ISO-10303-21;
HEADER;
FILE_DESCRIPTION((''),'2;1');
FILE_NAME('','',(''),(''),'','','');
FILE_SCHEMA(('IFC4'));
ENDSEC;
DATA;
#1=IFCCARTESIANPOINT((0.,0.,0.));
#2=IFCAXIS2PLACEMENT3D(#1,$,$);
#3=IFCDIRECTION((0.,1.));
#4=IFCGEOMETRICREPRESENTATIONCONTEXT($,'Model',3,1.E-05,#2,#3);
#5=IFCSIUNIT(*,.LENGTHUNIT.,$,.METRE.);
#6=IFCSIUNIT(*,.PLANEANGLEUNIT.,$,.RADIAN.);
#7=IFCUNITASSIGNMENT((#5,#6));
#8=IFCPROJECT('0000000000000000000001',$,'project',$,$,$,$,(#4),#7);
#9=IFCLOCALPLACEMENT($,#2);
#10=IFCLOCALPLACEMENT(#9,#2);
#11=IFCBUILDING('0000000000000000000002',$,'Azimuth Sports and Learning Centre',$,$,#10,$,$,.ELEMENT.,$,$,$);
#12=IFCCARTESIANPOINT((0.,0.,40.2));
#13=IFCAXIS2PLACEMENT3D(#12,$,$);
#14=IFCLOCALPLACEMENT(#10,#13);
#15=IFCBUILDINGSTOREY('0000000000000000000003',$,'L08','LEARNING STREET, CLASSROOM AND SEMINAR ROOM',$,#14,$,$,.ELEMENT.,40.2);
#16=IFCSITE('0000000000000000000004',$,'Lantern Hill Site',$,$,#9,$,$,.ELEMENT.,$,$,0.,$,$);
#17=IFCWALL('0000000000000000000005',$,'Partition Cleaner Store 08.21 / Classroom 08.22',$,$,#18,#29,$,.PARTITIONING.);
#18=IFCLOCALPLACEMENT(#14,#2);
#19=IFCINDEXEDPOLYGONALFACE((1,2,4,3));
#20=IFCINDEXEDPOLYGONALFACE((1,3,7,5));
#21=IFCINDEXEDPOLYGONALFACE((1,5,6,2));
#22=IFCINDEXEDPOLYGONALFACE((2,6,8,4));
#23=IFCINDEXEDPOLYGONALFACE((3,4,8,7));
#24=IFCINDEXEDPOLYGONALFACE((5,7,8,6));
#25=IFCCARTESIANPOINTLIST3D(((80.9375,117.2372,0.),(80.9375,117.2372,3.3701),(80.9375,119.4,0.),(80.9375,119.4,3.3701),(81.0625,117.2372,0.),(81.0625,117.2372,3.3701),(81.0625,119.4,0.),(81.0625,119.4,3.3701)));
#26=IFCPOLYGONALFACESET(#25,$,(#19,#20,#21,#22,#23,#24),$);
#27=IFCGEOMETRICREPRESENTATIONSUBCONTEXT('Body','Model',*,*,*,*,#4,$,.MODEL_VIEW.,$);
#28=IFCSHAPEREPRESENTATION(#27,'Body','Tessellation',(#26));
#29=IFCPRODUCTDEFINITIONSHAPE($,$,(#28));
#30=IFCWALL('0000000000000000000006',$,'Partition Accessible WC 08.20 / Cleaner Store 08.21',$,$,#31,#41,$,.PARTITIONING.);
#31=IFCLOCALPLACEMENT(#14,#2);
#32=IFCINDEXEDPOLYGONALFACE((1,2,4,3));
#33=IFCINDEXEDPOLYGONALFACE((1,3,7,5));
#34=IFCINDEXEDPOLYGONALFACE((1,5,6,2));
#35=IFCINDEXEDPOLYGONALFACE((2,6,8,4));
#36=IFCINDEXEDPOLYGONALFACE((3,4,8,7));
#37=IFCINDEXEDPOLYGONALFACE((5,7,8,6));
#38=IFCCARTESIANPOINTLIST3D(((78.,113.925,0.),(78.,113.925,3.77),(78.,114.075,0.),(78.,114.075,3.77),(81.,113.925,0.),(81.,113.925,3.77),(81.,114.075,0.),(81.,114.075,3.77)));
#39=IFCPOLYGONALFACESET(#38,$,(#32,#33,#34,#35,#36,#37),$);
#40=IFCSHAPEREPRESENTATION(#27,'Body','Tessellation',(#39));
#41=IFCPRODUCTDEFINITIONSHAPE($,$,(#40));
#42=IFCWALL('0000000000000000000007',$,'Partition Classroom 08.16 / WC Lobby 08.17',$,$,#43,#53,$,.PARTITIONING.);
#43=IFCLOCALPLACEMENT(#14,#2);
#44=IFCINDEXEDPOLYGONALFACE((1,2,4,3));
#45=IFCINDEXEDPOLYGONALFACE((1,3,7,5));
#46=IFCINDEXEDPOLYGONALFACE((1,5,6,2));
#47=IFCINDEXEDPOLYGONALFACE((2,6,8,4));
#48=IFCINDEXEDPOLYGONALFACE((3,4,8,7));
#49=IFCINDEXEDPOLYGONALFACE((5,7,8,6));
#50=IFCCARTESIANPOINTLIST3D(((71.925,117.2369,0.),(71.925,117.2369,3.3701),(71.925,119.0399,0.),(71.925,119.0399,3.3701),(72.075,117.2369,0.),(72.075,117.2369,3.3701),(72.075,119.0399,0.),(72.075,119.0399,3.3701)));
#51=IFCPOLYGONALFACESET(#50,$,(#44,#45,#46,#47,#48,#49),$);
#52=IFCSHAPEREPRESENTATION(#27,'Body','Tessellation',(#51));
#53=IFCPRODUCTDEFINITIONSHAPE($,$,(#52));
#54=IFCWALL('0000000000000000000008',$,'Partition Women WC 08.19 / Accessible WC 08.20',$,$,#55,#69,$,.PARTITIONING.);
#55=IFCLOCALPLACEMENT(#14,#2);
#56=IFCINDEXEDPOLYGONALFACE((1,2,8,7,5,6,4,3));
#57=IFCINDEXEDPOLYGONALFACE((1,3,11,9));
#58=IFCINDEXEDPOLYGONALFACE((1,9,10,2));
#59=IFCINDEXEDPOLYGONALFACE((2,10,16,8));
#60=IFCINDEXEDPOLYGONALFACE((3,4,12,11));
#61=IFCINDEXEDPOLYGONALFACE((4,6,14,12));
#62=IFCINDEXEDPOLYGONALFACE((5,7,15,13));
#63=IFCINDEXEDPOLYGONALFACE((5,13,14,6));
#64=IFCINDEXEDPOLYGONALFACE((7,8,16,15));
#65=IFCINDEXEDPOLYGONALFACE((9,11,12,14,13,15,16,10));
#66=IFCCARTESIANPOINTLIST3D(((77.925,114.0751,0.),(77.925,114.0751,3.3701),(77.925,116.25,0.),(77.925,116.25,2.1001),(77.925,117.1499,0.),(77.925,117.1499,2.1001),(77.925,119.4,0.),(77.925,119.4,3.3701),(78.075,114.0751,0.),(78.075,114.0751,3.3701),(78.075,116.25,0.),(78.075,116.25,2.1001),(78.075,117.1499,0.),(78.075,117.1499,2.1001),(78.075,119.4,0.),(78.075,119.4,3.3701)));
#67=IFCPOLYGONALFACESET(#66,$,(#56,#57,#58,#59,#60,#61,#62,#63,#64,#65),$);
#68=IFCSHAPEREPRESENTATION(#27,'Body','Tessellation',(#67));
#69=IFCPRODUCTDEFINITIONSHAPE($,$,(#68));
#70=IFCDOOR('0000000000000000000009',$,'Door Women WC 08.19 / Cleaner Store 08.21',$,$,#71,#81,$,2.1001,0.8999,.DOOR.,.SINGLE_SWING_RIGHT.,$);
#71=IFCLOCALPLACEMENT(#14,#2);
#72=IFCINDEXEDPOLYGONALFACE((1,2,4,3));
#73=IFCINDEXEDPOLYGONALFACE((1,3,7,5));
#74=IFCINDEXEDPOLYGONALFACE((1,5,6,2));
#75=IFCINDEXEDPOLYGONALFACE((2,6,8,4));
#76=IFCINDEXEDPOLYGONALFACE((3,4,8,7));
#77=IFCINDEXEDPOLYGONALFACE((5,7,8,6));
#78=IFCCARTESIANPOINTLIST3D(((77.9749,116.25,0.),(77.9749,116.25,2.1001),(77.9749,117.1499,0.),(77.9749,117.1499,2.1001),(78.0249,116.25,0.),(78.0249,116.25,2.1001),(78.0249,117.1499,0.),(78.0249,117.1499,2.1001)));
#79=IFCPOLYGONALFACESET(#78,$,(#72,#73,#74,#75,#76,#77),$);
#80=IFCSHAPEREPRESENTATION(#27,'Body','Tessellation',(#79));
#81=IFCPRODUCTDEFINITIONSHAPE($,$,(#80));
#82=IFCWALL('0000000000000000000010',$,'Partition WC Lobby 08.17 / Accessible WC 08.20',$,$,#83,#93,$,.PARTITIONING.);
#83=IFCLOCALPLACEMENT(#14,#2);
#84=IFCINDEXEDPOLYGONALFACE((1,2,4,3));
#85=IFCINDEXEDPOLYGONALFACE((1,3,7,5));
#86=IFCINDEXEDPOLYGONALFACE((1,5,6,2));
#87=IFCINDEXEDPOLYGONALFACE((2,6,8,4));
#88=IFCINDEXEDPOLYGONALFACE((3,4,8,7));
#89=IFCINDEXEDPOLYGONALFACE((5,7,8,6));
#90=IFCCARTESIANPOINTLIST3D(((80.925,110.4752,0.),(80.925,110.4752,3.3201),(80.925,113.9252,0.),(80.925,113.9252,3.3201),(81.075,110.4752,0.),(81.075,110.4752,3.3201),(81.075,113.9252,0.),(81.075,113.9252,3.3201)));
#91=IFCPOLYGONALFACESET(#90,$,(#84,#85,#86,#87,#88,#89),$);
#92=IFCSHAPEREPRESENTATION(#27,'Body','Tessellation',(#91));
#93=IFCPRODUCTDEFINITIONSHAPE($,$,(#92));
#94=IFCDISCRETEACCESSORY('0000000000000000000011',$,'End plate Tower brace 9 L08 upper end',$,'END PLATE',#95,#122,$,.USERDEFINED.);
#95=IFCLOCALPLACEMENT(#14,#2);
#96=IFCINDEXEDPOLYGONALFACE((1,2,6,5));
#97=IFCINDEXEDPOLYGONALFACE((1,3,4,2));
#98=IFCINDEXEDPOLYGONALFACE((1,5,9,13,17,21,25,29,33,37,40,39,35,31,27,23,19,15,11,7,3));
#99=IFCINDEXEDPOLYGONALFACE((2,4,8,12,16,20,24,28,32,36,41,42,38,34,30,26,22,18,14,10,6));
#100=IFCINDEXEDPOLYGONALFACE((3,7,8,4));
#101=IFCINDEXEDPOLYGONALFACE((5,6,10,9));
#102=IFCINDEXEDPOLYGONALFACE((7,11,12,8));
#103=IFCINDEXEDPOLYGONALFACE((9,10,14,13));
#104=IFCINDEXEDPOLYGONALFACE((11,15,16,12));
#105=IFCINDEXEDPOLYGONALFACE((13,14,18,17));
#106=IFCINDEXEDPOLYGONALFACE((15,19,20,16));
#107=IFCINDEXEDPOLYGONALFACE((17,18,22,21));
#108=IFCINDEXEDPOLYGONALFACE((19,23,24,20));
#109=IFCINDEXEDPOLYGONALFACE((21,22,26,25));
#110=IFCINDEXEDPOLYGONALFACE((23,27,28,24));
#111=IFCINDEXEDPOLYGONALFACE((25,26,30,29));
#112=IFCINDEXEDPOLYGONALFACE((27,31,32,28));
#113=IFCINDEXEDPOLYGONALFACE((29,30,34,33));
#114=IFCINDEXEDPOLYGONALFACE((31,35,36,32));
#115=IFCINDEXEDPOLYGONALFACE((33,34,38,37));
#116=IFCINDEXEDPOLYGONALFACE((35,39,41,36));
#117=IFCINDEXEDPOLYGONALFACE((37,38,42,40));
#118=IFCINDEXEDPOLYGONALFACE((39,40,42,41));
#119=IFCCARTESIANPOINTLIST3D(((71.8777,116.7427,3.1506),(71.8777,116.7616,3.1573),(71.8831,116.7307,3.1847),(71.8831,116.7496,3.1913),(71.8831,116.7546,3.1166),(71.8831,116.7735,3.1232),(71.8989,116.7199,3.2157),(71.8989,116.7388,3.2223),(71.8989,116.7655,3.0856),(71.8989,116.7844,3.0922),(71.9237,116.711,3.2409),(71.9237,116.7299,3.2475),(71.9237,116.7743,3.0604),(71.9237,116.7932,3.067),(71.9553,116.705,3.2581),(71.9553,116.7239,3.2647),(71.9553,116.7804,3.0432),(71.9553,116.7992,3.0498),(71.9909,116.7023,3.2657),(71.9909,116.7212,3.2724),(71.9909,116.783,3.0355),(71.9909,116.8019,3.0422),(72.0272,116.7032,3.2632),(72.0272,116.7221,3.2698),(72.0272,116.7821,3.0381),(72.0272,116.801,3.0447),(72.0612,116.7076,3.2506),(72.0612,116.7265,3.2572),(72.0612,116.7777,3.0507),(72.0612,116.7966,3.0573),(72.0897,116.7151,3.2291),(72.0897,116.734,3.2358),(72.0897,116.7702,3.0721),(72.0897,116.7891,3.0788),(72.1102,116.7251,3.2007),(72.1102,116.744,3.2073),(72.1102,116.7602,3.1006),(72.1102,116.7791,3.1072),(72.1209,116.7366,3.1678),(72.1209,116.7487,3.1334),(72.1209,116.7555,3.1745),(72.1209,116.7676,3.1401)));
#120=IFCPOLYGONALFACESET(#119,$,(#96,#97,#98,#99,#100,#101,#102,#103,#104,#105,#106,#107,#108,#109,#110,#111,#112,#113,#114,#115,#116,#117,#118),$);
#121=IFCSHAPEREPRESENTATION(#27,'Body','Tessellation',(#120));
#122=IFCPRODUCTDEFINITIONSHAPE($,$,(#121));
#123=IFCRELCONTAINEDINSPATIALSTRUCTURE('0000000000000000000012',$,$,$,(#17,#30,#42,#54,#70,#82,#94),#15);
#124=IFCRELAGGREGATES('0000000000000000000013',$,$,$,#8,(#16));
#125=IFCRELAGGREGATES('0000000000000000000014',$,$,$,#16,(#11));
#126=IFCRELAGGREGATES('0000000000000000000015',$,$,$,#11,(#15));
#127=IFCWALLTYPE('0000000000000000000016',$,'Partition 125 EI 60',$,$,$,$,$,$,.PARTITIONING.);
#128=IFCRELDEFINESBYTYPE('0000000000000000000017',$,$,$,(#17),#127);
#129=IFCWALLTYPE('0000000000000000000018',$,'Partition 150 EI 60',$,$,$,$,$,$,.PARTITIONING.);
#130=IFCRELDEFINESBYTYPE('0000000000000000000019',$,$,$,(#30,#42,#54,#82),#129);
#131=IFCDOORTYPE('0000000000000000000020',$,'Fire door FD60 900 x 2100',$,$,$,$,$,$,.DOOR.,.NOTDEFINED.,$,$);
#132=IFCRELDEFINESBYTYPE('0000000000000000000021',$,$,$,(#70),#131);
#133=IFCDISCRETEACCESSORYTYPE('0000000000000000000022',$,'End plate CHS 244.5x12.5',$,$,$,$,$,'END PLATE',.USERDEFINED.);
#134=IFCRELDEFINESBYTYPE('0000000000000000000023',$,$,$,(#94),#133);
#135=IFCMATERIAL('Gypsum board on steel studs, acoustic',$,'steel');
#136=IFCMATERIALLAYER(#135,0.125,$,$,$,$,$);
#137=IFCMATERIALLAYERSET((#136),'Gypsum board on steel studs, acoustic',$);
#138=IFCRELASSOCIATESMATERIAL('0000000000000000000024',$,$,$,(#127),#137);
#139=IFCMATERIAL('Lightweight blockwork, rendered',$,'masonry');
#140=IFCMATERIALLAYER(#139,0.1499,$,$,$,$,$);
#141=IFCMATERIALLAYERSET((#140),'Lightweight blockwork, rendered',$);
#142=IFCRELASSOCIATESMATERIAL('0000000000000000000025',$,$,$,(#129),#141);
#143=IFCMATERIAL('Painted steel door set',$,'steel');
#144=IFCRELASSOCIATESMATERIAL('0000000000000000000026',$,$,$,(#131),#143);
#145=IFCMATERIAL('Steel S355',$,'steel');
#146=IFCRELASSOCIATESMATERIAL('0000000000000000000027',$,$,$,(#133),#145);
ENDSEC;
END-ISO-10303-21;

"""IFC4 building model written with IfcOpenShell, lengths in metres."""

from ifc_helpers import new_model, si_unit, direction, frame, frame_2d, origin, origin_2d, place, context, subcontext, project, spatial, rectangle, circle, extrude, material, layer, layer_set, material_profile, profile_set, type_object, element, fill, save


model = new_model("IFC4")

# Units and contexts
model_context = context("Model", 3, precision=1e-05, world=origin(), true_north=direction((0.0, 1.0)))
body_context = subcontext(model_context, "Body", "Model", "MODEL_VIEW")
ifc_project = project(units=[si_unit("LENGTHUNIT", "METRE"), si_unit("PLANEANGLEUNIT", "RADIAN")], contexts=[model_context])

# Site, building, storey
site_placement = place(None, origin())
site = spatial("IfcSite", under=ifc_project, at=site_placement, Name="Lantern Hill Site", CompositionType="ELEMENT", RefElevation=0.0)
building_placement = place(site_placement, origin())
building = spatial("IfcBuilding", under=site, at=building_placement, Name="Azimuth Sports and Learning Centre", CompositionType="ELEMENT")
storey_placement = place(building_placement, frame((0.0, 0.0, 40.2)))
storey = spatial("IfcBuildingStorey", under=building, at=storey_placement, Name="L08", Description="LEARNING STREET, CLASSROOM AND SEMINAR ROOM", CompositionType="ELEMENT", Elevation=40.2)

# Walls
ifc_material_1 = material(Name="Gypsum board on steel studs, acoustic", Category="steel")
ifc_layer_1 = layer(ifc_material_1, 0.125)
ifc_layer_set_1 = layer_set([ifc_layer_1], Name="Gypsum board on steel studs, acoustic")
wall_type_1 = type_object("IfcWallType", Name="Partition 125 EI 60", PredefinedType="PARTITIONING", material=ifc_layer_set_1)
wall_1_placement = place(storey_placement, frame((81.0, 117.2371, 0.0), z_axis=(0.0, 0.0, 1.0), x_axis=(0.0, 1.0, 0.0)))
element("IfcWall", 1, at=wall_1_placement, inside=storey, type_object=wall_type_1, Name="Partition Cleaner Store 08.21 / Classroom 08.22", PredefinedType="PARTITIONING", context=body_context, shape_type="SweptSolid", body=[
    extrude(rectangle(XDim=2.1628, YDim=0.125, at=frame_2d((1.0815, 0.0))), origin(), (0.0, 0.0, 1.0), 3.3701),
])
ifc_material_2 = material(Name="Lightweight blockwork, rendered", Category="masonry")
ifc_layer_2 = layer(ifc_material_2, 0.1499)
ifc_layer_set_2 = layer_set([ifc_layer_2], Name="Lightweight blockwork, rendered")
wall_type_2 = type_object("IfcWallType", Name="Partition 150 EI 60", PredefinedType="PARTITIONING", material=ifc_layer_set_2)
wall_2_placement = place(storey_placement, frame((78.0, 114.0, 0.0), z_axis=(0.0, 0.0, 1.0), x_axis=(1.0, 0.0, 0.0)))
element("IfcWall", 2, at=wall_2_placement, inside=storey, type_object=wall_type_2, Name="Partition Accessible WC 08.20 / Cleaner Store 08.21", PredefinedType="PARTITIONING", context=body_context, shape_type="SweptSolid", body=[
    extrude(rectangle(XDim=3.0, YDim=0.1499, at=frame_2d((1.5, 0.0))), origin(), (0.0, 0.0, 1.0), 3.77),
])
wall_3_placement = place(storey_placement, frame((72.0, 117.2371, 0.0), z_axis=(0.0, 0.0, 1.0), x_axis=(0.0, 1.0, 0.0)))
element("IfcWall", 3, at=wall_3_placement, inside=storey, type_object=wall_type_2, Name="Partition Classroom 08.16 / WC Lobby 08.17", PredefinedType="PARTITIONING", context=body_context, shape_type="SweptSolid", body=[
    extrude(rectangle(XDim=1.803, YDim=0.1499, at=frame_2d((0.9014, 0.0))), origin(), (0.0, 0.0, 1.0), 3.3701),
])

# Wall, opening, door
wall_4_placement = place(storey_placement, frame((78.0, 114.075, 0.0), z_axis=(0.0, 0.0, 1.0), x_axis=(0.0, 1.0, 0.0)))
wall_4 = element("IfcWall", 4, at=wall_4_placement, inside=storey, type_object=wall_type_2, Name="Partition Women WC 08.19 / Accessible WC 08.20", PredefinedType="PARTITIONING", context=body_context, shape_type="SweptSolid", body=[
    extrude(rectangle(XDim=5.325, YDim=0.1499, at=frame_2d((2.6626, 0.0))), origin(), (0.0, 0.0, 1.0), 3.3701),
])
opening_placement = place(wall_4_placement, frame((2.175, 0.0, 0.0)))
opening = element("IfcOpeningElement", 5, at=opening_placement, cuts=wall_4, PredefinedType="OPENING", context=body_context, shape_type="SweptSolid", body=[
    extrude(rectangle(XDim=0.8999, YDim=2.1001, at=frame_2d((0.45, 1.05))), frame((0.0, 0.0859, 0.0), z_axis=(0.0, -1.0, 0.0), x_axis=(1.0, 0.0, 0.0)), (0.0, 0.0, 1.0), 0.1719),
])
ifc_material_3 = material(Name="Painted steel door set", Category="steel")
door_type = type_object("IfcDoorType", Name="Fire door FD60 900 x 2100", OperationType="NOTDEFINED", PredefinedType="DOOR", material=ifc_material_3)
door_placement = place(opening_placement, frame((0.8999, 0.0, 0.0), z_axis=(0.0, 0.0, 1.0), x_axis=(-1.0, 0.0, 0.0)))
door = element("IfcDoor", 6, at=door_placement, inside=storey, type_object=door_type, Name="Door Women WC 08.19 / Cleaner Store 08.21", OperationType="SINGLE_SWING_RIGHT", OverallHeight=2.1001, OverallWidth=0.8999, PredefinedType="DOOR", context=body_context, shape_type="SweptSolid", body=[
    extrude(rectangle(XDim=0.8999, YDim=2.1001, at=frame_2d((0.45, 1.05))), frame((0.0, 0.0249, 0.0), z_axis=(0.0, -1.0, 0.0), x_axis=(1.0, 0.0, 0.0)), (0.0, 0.0, 1.0), 0.05),
])
fill(opening, door)

# Wall
wall_5_placement = place(storey_placement, frame((81.0, 110.4751, 0.0), z_axis=(0.0, 0.0, 1.0), x_axis=(0.0, 1.0, 0.0)))
element("IfcWall", 7, at=wall_5_placement, inside=storey, type_object=wall_type_2, Name="Partition WC Lobby 08.17 / Accessible WC 08.20", PredefinedType="PARTITIONING", context=body_context, shape_type="SweptSolid", body=[
    extrude(rectangle(XDim=3.45, YDim=0.1499, at=frame_2d((1.7251, 0.0))), origin(), (0.0, 0.0, 1.0), 3.3201),
])

# Discrete accessory
ifc_material_4 = material(Name="Steel S355", Category="steel")
ifc_material_profile_1 = material_profile(ifc_material_4, circle(Radius=0.1223, at=origin_2d()), Name="PL 244 DISC")
ifc_profile_set_1 = profile_set([ifc_material_profile_1], Name="Steel S355")
discrete_accessory_type = type_object("IfcDiscreteAccessoryType", Name="End plate CHS 244.5x12.5", ElementType="END PLATE", PredefinedType="USERDEFINED", material=ifc_profile_set_1)
discrete_accessory_placement = place(storey_placement, frame((72.0, 116.7427, 3.1506), z_axis=(0.0, 0.943667, 0.330896), x_axis=(-1.0, 0.0, 0.0)))
element("IfcDiscreteAccessory", 8, at=discrete_accessory_placement, inside=storey, type_object=discrete_accessory_type, Name="End plate Tower brace 9 L08 upper end", ObjectType="END PLATE", PredefinedType="USERDEFINED", context=body_context, shape_type="SweptSolid", body=[
    extrude(circle(Radius=0.1223, at=origin_2d()), origin(), (0.0, 0.0, 1.0), 0.02),
])

save(model, "model.ifc")
